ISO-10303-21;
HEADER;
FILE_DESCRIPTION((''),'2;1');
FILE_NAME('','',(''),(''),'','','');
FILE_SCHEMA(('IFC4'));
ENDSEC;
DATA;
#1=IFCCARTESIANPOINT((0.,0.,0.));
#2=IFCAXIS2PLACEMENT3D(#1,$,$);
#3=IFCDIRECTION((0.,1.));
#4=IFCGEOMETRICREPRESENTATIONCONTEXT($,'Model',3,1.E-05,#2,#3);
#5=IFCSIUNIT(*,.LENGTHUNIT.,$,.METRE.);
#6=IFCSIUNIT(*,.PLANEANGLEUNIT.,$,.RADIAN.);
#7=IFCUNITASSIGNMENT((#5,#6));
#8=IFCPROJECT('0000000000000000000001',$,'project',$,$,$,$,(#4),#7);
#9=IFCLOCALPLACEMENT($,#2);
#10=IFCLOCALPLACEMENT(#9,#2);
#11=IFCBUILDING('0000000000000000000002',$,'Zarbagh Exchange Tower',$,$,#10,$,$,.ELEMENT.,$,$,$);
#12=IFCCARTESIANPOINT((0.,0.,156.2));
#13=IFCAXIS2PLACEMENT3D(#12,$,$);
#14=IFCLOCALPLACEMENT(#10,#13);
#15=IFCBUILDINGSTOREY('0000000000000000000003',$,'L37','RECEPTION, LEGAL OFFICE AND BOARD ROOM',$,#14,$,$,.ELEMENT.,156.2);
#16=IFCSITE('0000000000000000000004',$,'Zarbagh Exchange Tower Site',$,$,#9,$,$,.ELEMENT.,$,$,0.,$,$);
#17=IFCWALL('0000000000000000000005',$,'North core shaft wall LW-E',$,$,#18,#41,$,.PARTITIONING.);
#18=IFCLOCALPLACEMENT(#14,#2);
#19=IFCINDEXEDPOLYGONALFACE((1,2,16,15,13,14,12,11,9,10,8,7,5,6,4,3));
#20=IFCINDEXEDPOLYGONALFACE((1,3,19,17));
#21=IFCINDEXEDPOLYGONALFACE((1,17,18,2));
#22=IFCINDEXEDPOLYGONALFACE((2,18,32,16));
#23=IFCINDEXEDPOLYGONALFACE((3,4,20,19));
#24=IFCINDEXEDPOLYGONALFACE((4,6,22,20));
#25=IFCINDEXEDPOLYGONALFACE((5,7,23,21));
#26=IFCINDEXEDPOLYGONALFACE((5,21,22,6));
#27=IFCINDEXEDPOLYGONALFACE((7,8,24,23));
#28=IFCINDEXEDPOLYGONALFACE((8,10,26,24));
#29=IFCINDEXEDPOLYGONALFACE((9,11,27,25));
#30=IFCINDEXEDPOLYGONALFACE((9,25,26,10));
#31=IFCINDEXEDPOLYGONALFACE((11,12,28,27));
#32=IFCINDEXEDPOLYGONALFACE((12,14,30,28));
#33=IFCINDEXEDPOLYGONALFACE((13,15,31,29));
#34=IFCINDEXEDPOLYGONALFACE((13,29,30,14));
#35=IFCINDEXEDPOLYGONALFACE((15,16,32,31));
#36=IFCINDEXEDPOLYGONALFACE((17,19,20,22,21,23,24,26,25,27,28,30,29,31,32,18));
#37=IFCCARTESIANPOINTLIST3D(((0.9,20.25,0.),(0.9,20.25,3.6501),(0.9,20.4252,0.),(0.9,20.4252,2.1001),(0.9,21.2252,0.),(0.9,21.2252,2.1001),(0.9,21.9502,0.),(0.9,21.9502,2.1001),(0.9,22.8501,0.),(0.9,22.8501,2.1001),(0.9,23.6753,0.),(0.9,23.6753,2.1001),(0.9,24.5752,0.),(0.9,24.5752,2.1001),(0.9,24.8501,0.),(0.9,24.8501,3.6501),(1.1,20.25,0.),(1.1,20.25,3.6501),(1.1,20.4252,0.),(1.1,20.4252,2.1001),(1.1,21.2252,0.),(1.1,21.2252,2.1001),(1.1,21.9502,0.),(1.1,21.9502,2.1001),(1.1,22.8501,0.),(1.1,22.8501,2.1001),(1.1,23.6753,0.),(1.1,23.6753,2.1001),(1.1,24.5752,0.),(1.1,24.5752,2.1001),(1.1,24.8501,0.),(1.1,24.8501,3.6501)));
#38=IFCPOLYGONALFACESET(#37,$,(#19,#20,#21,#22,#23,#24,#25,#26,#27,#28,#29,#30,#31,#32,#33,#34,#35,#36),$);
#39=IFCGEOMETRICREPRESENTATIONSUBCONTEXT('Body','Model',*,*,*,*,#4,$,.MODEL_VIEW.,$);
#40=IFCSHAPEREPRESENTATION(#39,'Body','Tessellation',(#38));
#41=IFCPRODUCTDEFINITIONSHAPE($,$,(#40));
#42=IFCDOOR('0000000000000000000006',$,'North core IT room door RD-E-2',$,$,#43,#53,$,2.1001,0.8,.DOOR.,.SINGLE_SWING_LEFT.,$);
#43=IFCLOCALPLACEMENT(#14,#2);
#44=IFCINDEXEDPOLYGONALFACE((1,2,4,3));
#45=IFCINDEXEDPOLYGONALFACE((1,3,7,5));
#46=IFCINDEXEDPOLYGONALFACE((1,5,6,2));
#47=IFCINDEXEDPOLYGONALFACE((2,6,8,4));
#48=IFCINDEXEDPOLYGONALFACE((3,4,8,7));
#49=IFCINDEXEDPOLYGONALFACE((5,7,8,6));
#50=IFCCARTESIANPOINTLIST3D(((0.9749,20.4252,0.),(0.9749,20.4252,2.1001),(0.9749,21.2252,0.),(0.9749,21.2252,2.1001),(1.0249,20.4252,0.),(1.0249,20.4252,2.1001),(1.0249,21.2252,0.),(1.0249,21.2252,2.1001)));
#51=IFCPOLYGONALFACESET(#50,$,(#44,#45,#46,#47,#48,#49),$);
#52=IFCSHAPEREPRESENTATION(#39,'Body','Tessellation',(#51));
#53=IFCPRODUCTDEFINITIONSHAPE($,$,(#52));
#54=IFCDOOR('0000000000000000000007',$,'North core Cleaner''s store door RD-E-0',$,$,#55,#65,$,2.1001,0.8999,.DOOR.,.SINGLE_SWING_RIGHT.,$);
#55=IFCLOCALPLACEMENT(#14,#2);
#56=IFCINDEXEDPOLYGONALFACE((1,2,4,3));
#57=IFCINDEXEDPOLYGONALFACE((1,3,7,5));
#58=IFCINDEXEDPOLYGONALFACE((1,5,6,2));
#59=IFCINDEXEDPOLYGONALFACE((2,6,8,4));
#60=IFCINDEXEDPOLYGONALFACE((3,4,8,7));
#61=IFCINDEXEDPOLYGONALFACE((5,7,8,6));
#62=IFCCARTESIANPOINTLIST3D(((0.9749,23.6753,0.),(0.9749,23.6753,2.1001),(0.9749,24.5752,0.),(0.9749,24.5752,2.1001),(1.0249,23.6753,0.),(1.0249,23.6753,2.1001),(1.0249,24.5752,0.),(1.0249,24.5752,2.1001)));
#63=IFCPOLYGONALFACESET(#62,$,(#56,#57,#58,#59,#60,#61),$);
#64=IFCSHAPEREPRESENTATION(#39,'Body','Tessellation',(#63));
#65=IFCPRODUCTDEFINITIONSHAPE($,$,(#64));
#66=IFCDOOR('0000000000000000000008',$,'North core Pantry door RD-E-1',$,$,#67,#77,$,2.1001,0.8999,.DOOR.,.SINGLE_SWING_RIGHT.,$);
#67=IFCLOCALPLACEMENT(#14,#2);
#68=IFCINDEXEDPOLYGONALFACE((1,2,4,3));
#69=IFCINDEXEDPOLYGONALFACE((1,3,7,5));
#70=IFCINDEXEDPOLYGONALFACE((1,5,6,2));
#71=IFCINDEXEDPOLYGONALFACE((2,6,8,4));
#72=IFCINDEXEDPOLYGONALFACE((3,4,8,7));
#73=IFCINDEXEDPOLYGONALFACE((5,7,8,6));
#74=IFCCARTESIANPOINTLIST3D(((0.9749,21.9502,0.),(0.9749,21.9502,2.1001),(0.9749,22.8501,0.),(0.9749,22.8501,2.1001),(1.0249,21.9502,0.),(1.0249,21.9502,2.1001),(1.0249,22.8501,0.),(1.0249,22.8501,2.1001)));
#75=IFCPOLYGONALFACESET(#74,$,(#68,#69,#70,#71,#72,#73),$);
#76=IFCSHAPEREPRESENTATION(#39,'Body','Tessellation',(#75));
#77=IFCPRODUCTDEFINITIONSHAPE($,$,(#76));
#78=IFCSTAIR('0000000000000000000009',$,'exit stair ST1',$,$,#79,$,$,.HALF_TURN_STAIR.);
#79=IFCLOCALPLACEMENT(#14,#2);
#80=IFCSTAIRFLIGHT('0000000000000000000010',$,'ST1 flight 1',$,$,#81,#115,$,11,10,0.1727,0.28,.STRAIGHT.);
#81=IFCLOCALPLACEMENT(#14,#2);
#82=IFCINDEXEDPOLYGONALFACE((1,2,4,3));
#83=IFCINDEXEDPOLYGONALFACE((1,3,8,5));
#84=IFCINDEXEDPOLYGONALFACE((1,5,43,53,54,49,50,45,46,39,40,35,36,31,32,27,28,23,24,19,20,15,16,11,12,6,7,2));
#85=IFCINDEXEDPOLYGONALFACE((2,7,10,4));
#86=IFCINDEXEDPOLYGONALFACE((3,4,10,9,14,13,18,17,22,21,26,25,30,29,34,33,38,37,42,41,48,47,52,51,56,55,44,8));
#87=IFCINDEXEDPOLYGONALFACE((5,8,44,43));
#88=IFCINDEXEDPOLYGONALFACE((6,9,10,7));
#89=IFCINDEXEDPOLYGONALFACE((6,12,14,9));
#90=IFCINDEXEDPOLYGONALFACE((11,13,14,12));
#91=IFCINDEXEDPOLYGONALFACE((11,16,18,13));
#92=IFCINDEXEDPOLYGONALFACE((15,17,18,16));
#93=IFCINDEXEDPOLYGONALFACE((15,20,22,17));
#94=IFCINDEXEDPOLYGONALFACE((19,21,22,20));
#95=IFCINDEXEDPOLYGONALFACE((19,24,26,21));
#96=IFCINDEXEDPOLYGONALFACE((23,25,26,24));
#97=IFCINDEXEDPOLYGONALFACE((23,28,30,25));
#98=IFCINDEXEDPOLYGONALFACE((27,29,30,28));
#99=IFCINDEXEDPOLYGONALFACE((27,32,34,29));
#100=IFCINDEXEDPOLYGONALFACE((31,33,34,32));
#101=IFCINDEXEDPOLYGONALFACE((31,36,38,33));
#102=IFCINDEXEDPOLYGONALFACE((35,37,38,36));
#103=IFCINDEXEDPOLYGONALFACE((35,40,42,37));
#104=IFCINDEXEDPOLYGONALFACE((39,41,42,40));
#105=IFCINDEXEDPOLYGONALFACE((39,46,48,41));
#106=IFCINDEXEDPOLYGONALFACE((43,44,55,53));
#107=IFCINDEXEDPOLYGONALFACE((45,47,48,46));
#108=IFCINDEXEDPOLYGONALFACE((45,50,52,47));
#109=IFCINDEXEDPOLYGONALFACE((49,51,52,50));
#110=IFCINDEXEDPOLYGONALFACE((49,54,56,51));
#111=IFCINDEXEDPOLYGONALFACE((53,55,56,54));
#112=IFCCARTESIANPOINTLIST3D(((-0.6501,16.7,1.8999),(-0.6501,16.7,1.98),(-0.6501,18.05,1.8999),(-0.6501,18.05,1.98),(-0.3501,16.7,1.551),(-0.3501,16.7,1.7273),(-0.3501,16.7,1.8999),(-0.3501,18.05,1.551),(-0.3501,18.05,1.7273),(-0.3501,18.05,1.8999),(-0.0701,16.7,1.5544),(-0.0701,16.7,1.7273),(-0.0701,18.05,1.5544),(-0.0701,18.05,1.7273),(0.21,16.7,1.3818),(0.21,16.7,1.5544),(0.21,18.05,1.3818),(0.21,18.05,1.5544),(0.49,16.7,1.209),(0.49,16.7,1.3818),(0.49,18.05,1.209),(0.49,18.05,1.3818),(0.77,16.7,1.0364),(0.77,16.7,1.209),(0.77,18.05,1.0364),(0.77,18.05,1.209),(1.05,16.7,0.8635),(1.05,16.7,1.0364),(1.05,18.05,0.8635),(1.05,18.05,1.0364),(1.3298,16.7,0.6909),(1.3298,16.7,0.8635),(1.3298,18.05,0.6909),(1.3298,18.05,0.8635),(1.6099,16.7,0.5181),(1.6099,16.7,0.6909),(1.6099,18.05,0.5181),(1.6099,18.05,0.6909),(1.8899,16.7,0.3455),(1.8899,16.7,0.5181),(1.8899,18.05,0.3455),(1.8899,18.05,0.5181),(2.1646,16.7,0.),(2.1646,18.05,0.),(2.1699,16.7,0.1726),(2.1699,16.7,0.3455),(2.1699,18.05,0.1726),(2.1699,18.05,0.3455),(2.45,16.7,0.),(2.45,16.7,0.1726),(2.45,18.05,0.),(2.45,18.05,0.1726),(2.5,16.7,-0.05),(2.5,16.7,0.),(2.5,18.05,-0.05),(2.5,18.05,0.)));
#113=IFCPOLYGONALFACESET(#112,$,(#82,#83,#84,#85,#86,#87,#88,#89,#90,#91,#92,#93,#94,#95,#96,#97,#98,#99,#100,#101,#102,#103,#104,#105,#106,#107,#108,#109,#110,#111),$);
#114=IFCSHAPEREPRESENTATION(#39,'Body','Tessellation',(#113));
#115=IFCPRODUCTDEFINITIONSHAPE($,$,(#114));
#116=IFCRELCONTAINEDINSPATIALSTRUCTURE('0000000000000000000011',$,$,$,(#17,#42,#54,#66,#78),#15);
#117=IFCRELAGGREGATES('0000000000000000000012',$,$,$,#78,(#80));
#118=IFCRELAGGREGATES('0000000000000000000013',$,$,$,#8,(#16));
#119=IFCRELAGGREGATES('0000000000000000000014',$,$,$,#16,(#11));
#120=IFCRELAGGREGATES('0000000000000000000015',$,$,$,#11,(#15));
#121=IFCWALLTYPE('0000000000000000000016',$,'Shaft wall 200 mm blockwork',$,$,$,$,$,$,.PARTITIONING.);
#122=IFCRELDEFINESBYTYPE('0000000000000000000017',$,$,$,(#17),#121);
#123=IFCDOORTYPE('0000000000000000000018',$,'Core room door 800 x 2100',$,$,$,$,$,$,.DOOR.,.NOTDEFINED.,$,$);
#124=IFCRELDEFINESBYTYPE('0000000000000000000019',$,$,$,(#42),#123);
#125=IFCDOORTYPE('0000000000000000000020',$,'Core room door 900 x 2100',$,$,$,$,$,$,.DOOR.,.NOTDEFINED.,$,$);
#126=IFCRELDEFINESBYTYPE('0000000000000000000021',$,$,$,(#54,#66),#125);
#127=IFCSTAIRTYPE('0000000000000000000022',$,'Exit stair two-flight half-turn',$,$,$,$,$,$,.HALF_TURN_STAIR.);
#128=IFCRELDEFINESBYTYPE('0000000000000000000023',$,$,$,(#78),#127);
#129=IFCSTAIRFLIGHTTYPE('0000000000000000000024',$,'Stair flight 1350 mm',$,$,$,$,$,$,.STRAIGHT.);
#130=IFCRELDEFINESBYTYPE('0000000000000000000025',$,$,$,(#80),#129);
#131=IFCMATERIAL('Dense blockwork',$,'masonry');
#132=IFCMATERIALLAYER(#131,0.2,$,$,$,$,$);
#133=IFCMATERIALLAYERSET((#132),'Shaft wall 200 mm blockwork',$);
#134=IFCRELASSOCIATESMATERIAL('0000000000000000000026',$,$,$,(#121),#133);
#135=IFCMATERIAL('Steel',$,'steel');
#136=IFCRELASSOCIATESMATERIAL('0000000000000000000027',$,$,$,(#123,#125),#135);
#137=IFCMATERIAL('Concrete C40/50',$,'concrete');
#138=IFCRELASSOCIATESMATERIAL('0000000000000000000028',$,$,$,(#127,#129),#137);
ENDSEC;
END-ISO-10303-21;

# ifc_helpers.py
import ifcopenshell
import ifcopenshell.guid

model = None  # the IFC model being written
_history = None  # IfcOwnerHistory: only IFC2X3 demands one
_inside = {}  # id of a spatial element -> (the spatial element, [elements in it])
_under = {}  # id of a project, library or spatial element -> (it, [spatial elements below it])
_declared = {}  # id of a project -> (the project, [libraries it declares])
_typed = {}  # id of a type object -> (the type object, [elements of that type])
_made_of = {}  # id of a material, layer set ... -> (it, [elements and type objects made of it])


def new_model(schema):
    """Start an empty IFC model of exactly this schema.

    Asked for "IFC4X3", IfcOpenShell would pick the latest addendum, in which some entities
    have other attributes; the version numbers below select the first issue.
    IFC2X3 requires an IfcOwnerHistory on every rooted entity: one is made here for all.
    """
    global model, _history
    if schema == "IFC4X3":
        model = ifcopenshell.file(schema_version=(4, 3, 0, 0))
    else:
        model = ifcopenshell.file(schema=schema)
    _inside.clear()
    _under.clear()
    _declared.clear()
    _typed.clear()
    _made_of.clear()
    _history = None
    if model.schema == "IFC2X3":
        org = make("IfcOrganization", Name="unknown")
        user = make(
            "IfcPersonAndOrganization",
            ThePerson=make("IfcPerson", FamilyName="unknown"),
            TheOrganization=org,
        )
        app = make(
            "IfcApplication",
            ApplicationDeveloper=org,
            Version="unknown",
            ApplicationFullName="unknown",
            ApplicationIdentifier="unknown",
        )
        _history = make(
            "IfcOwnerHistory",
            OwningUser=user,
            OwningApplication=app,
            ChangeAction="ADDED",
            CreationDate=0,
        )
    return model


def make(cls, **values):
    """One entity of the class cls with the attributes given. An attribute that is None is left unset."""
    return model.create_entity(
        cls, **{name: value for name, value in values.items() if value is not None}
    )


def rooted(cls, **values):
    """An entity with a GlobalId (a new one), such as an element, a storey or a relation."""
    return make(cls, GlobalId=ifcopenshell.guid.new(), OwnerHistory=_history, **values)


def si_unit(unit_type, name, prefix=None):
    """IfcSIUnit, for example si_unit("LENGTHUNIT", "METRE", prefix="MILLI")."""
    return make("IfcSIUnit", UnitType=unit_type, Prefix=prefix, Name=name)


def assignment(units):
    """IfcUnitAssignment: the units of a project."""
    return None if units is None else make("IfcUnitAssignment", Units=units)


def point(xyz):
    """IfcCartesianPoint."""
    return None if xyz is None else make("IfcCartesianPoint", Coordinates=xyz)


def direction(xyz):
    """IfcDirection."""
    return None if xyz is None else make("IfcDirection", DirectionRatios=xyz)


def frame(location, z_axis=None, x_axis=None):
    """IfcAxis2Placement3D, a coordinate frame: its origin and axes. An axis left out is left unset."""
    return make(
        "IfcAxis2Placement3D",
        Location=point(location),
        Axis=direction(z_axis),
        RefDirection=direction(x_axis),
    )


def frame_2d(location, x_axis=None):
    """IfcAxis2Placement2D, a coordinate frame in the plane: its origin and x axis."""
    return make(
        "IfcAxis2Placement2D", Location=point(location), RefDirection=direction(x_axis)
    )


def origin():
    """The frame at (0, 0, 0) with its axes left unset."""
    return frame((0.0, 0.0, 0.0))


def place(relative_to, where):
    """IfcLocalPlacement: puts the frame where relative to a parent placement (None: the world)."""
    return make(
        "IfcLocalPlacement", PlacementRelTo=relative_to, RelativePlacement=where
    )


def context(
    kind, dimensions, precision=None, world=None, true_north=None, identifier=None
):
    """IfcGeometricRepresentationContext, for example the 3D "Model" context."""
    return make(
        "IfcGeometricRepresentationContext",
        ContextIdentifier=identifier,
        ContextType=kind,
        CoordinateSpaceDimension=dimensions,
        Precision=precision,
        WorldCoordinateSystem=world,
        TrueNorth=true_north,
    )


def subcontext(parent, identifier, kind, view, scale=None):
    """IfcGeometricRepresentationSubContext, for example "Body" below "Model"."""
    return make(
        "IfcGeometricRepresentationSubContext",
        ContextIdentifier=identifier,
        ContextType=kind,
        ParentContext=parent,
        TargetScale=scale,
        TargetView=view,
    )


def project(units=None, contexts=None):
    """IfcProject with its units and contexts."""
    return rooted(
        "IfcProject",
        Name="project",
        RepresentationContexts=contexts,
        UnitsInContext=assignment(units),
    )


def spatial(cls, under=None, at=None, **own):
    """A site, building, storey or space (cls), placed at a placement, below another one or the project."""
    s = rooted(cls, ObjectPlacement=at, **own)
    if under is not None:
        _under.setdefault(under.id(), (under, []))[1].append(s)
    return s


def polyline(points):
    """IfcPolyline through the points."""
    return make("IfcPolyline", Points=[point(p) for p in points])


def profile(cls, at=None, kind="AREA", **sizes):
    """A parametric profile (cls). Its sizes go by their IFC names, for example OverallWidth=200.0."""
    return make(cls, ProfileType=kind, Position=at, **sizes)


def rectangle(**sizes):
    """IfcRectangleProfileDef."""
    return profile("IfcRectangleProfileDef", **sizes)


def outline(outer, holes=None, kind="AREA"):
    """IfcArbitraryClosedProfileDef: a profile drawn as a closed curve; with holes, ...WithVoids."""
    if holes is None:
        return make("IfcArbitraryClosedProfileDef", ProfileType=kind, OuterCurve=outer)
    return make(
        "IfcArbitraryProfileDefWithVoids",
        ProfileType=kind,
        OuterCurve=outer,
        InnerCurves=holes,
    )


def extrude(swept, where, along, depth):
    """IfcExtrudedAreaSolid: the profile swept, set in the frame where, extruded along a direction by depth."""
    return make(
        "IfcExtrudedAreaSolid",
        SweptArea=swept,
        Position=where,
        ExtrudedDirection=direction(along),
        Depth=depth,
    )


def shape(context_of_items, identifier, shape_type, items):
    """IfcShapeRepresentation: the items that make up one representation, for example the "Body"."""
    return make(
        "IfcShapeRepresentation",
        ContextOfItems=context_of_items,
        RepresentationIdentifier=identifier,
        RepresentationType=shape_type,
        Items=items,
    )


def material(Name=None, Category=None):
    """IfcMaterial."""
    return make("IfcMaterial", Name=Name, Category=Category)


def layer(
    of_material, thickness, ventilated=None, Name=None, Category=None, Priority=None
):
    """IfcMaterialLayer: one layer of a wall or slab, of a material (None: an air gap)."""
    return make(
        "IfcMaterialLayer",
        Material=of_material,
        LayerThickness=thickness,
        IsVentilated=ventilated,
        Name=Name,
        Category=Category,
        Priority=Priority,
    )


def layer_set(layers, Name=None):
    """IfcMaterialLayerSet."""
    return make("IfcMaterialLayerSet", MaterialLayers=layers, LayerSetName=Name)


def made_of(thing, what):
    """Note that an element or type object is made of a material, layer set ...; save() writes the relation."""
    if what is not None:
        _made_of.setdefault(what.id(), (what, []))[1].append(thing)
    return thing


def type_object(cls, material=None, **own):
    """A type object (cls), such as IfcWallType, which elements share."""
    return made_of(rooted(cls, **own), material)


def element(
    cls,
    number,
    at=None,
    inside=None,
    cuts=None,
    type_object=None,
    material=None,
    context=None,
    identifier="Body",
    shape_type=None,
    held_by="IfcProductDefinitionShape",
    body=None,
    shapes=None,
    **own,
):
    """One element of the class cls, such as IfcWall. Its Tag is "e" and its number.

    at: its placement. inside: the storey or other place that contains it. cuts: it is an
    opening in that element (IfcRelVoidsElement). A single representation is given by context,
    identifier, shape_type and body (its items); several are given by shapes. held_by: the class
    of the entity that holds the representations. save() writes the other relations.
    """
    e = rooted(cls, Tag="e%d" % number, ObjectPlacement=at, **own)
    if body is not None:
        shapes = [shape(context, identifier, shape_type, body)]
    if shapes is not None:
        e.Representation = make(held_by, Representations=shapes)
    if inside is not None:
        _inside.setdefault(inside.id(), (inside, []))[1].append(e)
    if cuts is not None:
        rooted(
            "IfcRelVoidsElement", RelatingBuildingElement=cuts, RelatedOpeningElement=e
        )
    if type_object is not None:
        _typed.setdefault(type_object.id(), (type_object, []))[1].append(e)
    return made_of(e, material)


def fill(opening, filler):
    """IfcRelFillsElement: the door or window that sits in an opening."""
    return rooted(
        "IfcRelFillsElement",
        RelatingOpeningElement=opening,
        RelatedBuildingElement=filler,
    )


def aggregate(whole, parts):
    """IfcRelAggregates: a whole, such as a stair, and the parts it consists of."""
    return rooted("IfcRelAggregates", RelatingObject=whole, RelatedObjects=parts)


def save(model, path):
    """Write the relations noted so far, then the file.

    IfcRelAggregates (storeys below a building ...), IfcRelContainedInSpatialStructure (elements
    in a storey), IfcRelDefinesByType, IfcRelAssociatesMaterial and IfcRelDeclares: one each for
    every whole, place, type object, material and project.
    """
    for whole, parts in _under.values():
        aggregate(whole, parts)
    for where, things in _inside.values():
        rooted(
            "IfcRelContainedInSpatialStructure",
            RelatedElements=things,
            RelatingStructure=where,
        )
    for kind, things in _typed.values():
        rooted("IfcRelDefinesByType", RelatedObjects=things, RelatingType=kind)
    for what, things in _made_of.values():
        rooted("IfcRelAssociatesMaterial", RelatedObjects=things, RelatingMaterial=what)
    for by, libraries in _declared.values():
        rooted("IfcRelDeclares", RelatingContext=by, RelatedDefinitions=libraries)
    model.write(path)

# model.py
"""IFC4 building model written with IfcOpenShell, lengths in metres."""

from ifc_helpers import new_model, si_unit, direction, frame, frame_2d, origin, place, context, subcontext, project, spatial, polyline, rectangle, outline, extrude, material, layer, layer_set, type_object, element, fill, aggregate, save


model = new_model("IFC4")

# Units and contexts
model_context = context("Model", 3, precision=1e-05, world=origin(), true_north=direction((0.0, 1.0)))
body_context = subcontext(model_context, "Body", "Model", "MODEL_VIEW")
ifc_project = project(units=[si_unit("LENGTHUNIT", "METRE"), si_unit("PLANEANGLEUNIT", "RADIAN")], contexts=[model_context])

# Site, building, storey
site_placement = place(None, origin())
site = spatial("IfcSite", under=ifc_project, at=site_placement, Name="Zarbagh Exchange Tower Site", CompositionType="ELEMENT", RefElevation=0.0)
building_placement = place(site_placement, origin())
building = spatial("IfcBuilding", under=site, at=building_placement, Name="Zarbagh Exchange Tower", CompositionType="ELEMENT")
storey_placement = place(building_placement, frame((0.0, 0.0, 156.2)))
storey = spatial("IfcBuildingStorey", under=building, at=storey_placement, Name="L37", Description="RECEPTION, LEGAL OFFICE AND BOARD ROOM", CompositionType="ELEMENT", Elevation=156.2)

# Shared definitions
ifc_material_1 = material(Name="Dense blockwork", Category="masonry")

# Wall, openings, doors
ifc_material_2 = material(Name="Steel", Category="steel")
ifc_layer_1 = layer(ifc_material_1, 0.2)
ifc_layer_set_1 = layer_set([ifc_layer_1], Name="Shaft wall 200 mm blockwork")
wall_type_1 = type_object("IfcWallType", Name="Shaft wall 200 mm blockwork", PredefinedType="PARTITIONING", material=ifc_layer_set_1)
wall_1_placement = place(storey_placement, frame((1.0, 24.8501, 0.0), z_axis=(0.0, 0.0, 1.0), x_axis=(0.0, -1.0, 0.0)))
wall_1 = element("IfcWall", 1, at=wall_1_placement, inside=storey, type_object=wall_type_1, Name="North core shaft wall LW-E", PredefinedType="PARTITIONING", context=body_context, shape_type="SweptSolid", body=[
    extrude(rectangle(XDim=4.6001, YDim=0.2, at=frame_2d((2.3, 0.0))), origin(), (0.0, 0.0, 1.0), 3.6501),
])
opening_1_placement = place(wall_1_placement, frame((0.2749, 0.0, 0.0)))
opening_1 = element("IfcOpeningElement", 2, at=opening_1_placement, cuts=wall_1, PredefinedType="OPENING", context=body_context, shape_type="SweptSolid", body=[
    extrude(rectangle(XDim=0.8999, YDim=2.1001, at=frame_2d((0.45, 1.05))), frame((0.0, 0.1099, 0.0), z_axis=(0.0, -1.0, 0.0), x_axis=(1.0, 0.0, 0.0)), (0.0, 0.0, 1.0), 0.22),
])
opening_2_placement = place(wall_1_placement, frame((2.0, 0.0, 0.0)))
opening_2 = element("IfcOpeningElement", 3, at=opening_2_placement, cuts=wall_1, PredefinedType="OPENING", context=body_context, shape_type="SweptSolid", body=[
    extrude(rectangle(XDim=0.8999, YDim=2.1001, at=frame_2d((0.45, 1.05))), frame((0.0, 0.1099, 0.0), z_axis=(0.0, -1.0, 0.0), x_axis=(1.0, 0.0, 0.0)), (0.0, 0.0, 1.0), 0.22),
])
opening_3_placement = place(wall_1_placement, frame((3.625, 0.0, 0.0)))
opening_3 = element("IfcOpeningElement", 4, at=opening_3_placement, cuts=wall_1, PredefinedType="OPENING", context=body_context, shape_type="SweptSolid", body=[
    extrude(rectangle(XDim=0.8, YDim=2.1001, at=frame_2d((0.3999, 1.05))), frame((0.0, 0.1099, 0.0), z_axis=(0.0, -1.0, 0.0), x_axis=(1.0, 0.0, 0.0)), (0.0, 0.0, 1.0), 0.22),
])
door_type_1 = type_object("IfcDoorType", Name="Core room door 800 x 2100", OperationType="NOTDEFINED", PredefinedType="DOOR", material=ifc_material_2)
door_1_placement = place(opening_3_placement, origin())
door_1 = element("IfcDoor", 5, at=door_1_placement, inside=storey, type_object=door_type_1, Name="North core IT room door RD-E-2", OperationType="SINGLE_SWING_LEFT", OverallHeight=2.1001, OverallWidth=0.8, PredefinedType="DOOR", context=body_context, shape_type="SweptSolid", body=[
    extrude(rectangle(XDim=0.8, YDim=2.1001, at=frame_2d((0.3999, 1.05))), frame((0.0, 0.0249, 0.0), z_axis=(0.0, -1.0, 0.0), x_axis=(1.0, 0.0, 0.0)), (0.0, 0.0, 1.0), 0.05),
])
fill(opening_3, door_1)
door_type_2 = type_object("IfcDoorType", Name="Core room door 900 x 2100", OperationType="NOTDEFINED", PredefinedType="DOOR", material=ifc_material_2)
door_2_placement = place(opening_1_placement, origin())
door_2 = element("IfcDoor", 6, at=door_2_placement, inside=storey, type_object=door_type_2, Name="North core Cleaner's store door RD-E-0", OperationType="SINGLE_SWING_RIGHT", OverallHeight=2.1001, OverallWidth=0.8999, PredefinedType="DOOR", context=body_context, shape_type="SweptSolid", body=[
    extrude(rectangle(XDim=0.8999, YDim=2.1001, at=frame_2d((0.45, 1.05))), frame((0.0, 0.0249, 0.0), z_axis=(0.0, -1.0, 0.0), x_axis=(1.0, 0.0, 0.0)), (0.0, 0.0, 1.0), 0.05),
])
fill(opening_1, door_2)
door_3_placement = place(opening_2_placement, origin())
door_3 = element("IfcDoor", 7, at=door_3_placement, inside=storey, type_object=door_type_2, Name="North core Pantry door RD-E-1", OperationType="SINGLE_SWING_RIGHT", OverallHeight=2.1001, OverallWidth=0.8999, PredefinedType="DOOR", context=body_context, shape_type="SweptSolid", body=[
    extrude(rectangle(XDim=0.8999, YDim=2.1001, at=frame_2d((0.45, 1.05))), frame((0.0, 0.0249, 0.0), z_axis=(0.0, -1.0, 0.0), x_axis=(1.0, 0.0, 0.0)), (0.0, 0.0, 1.0), 0.05),
])
fill(opening_2, door_3)

# Stair, stair flight
ifc_material_3 = material(Name="Concrete C40/50", Category="concrete")
stair_type = type_object("IfcStairType", Name="Exit stair two-flight half-turn", PredefinedType="HALF_TURN_STAIR", material=ifc_material_3)
stair_placement = place(storey_placement, origin())
stair = element("IfcStair", 8, at=stair_placement, inside=storey, type_object=stair_type, Name="exit stair ST1", PredefinedType="HALF_TURN_STAIR")
stair_flight_type = type_object("IfcStairFlightType", Name="Stair flight 1350 mm", PredefinedType="STRAIGHT", material=ifc_material_3)
stair_flight_placement = place(storey_placement, frame((2.45, 17.375, 0.0), z_axis=(0.0, 0.0, 1.0), x_axis=(-1.0, 0.0, 0.0)))
stair_flight = element("IfcStairFlight", 9, at=stair_flight_placement, type_object=stair_flight_type, Name="ST1 flight 1", NumberOfRisers=11, NumberOfTreads=10, PredefinedType="STRAIGHT", RiserHeight=0.1727, TreadLength=0.28, context=body_context, shape_type="SweptSolid", body=[
    extrude(outline(polyline([(-0.05, -0.05), (-0.05, 0.0), (0.0, 0.0), (0.0, 0.1726), (0.28, 0.1726), (0.28, 0.3455), (0.5601, 0.3455), (0.5601, 0.5181), (0.8401, 0.5181), (0.8401, 0.6909), (1.1201, 0.6909), (1.1201, 0.8635), (1.3999, 0.8635), (1.3999, 1.0364), (1.6799, 1.0364), (1.6799, 1.209), (1.96, 1.209), (1.96, 1.3818), (2.24, 1.3818), (2.24, 1.5544), (2.52, 1.5544), (2.52, 1.7273), (2.8, 1.7273), (2.8, 1.8999), (3.1001, 1.98), (3.1001, 1.8999), (2.8, 1.551), (0.2854, 0.0), (-0.05, -0.05)])), frame((0.0, 0.675, 0.0), z_axis=(0.0, -1.0, 0.0), x_axis=(1.0, 0.0, 0.0)), (0.0, 0.0, 1.0), 1.3501),
])
aggregate(stair, [stair_flight])

save(model, "model.ifc")
